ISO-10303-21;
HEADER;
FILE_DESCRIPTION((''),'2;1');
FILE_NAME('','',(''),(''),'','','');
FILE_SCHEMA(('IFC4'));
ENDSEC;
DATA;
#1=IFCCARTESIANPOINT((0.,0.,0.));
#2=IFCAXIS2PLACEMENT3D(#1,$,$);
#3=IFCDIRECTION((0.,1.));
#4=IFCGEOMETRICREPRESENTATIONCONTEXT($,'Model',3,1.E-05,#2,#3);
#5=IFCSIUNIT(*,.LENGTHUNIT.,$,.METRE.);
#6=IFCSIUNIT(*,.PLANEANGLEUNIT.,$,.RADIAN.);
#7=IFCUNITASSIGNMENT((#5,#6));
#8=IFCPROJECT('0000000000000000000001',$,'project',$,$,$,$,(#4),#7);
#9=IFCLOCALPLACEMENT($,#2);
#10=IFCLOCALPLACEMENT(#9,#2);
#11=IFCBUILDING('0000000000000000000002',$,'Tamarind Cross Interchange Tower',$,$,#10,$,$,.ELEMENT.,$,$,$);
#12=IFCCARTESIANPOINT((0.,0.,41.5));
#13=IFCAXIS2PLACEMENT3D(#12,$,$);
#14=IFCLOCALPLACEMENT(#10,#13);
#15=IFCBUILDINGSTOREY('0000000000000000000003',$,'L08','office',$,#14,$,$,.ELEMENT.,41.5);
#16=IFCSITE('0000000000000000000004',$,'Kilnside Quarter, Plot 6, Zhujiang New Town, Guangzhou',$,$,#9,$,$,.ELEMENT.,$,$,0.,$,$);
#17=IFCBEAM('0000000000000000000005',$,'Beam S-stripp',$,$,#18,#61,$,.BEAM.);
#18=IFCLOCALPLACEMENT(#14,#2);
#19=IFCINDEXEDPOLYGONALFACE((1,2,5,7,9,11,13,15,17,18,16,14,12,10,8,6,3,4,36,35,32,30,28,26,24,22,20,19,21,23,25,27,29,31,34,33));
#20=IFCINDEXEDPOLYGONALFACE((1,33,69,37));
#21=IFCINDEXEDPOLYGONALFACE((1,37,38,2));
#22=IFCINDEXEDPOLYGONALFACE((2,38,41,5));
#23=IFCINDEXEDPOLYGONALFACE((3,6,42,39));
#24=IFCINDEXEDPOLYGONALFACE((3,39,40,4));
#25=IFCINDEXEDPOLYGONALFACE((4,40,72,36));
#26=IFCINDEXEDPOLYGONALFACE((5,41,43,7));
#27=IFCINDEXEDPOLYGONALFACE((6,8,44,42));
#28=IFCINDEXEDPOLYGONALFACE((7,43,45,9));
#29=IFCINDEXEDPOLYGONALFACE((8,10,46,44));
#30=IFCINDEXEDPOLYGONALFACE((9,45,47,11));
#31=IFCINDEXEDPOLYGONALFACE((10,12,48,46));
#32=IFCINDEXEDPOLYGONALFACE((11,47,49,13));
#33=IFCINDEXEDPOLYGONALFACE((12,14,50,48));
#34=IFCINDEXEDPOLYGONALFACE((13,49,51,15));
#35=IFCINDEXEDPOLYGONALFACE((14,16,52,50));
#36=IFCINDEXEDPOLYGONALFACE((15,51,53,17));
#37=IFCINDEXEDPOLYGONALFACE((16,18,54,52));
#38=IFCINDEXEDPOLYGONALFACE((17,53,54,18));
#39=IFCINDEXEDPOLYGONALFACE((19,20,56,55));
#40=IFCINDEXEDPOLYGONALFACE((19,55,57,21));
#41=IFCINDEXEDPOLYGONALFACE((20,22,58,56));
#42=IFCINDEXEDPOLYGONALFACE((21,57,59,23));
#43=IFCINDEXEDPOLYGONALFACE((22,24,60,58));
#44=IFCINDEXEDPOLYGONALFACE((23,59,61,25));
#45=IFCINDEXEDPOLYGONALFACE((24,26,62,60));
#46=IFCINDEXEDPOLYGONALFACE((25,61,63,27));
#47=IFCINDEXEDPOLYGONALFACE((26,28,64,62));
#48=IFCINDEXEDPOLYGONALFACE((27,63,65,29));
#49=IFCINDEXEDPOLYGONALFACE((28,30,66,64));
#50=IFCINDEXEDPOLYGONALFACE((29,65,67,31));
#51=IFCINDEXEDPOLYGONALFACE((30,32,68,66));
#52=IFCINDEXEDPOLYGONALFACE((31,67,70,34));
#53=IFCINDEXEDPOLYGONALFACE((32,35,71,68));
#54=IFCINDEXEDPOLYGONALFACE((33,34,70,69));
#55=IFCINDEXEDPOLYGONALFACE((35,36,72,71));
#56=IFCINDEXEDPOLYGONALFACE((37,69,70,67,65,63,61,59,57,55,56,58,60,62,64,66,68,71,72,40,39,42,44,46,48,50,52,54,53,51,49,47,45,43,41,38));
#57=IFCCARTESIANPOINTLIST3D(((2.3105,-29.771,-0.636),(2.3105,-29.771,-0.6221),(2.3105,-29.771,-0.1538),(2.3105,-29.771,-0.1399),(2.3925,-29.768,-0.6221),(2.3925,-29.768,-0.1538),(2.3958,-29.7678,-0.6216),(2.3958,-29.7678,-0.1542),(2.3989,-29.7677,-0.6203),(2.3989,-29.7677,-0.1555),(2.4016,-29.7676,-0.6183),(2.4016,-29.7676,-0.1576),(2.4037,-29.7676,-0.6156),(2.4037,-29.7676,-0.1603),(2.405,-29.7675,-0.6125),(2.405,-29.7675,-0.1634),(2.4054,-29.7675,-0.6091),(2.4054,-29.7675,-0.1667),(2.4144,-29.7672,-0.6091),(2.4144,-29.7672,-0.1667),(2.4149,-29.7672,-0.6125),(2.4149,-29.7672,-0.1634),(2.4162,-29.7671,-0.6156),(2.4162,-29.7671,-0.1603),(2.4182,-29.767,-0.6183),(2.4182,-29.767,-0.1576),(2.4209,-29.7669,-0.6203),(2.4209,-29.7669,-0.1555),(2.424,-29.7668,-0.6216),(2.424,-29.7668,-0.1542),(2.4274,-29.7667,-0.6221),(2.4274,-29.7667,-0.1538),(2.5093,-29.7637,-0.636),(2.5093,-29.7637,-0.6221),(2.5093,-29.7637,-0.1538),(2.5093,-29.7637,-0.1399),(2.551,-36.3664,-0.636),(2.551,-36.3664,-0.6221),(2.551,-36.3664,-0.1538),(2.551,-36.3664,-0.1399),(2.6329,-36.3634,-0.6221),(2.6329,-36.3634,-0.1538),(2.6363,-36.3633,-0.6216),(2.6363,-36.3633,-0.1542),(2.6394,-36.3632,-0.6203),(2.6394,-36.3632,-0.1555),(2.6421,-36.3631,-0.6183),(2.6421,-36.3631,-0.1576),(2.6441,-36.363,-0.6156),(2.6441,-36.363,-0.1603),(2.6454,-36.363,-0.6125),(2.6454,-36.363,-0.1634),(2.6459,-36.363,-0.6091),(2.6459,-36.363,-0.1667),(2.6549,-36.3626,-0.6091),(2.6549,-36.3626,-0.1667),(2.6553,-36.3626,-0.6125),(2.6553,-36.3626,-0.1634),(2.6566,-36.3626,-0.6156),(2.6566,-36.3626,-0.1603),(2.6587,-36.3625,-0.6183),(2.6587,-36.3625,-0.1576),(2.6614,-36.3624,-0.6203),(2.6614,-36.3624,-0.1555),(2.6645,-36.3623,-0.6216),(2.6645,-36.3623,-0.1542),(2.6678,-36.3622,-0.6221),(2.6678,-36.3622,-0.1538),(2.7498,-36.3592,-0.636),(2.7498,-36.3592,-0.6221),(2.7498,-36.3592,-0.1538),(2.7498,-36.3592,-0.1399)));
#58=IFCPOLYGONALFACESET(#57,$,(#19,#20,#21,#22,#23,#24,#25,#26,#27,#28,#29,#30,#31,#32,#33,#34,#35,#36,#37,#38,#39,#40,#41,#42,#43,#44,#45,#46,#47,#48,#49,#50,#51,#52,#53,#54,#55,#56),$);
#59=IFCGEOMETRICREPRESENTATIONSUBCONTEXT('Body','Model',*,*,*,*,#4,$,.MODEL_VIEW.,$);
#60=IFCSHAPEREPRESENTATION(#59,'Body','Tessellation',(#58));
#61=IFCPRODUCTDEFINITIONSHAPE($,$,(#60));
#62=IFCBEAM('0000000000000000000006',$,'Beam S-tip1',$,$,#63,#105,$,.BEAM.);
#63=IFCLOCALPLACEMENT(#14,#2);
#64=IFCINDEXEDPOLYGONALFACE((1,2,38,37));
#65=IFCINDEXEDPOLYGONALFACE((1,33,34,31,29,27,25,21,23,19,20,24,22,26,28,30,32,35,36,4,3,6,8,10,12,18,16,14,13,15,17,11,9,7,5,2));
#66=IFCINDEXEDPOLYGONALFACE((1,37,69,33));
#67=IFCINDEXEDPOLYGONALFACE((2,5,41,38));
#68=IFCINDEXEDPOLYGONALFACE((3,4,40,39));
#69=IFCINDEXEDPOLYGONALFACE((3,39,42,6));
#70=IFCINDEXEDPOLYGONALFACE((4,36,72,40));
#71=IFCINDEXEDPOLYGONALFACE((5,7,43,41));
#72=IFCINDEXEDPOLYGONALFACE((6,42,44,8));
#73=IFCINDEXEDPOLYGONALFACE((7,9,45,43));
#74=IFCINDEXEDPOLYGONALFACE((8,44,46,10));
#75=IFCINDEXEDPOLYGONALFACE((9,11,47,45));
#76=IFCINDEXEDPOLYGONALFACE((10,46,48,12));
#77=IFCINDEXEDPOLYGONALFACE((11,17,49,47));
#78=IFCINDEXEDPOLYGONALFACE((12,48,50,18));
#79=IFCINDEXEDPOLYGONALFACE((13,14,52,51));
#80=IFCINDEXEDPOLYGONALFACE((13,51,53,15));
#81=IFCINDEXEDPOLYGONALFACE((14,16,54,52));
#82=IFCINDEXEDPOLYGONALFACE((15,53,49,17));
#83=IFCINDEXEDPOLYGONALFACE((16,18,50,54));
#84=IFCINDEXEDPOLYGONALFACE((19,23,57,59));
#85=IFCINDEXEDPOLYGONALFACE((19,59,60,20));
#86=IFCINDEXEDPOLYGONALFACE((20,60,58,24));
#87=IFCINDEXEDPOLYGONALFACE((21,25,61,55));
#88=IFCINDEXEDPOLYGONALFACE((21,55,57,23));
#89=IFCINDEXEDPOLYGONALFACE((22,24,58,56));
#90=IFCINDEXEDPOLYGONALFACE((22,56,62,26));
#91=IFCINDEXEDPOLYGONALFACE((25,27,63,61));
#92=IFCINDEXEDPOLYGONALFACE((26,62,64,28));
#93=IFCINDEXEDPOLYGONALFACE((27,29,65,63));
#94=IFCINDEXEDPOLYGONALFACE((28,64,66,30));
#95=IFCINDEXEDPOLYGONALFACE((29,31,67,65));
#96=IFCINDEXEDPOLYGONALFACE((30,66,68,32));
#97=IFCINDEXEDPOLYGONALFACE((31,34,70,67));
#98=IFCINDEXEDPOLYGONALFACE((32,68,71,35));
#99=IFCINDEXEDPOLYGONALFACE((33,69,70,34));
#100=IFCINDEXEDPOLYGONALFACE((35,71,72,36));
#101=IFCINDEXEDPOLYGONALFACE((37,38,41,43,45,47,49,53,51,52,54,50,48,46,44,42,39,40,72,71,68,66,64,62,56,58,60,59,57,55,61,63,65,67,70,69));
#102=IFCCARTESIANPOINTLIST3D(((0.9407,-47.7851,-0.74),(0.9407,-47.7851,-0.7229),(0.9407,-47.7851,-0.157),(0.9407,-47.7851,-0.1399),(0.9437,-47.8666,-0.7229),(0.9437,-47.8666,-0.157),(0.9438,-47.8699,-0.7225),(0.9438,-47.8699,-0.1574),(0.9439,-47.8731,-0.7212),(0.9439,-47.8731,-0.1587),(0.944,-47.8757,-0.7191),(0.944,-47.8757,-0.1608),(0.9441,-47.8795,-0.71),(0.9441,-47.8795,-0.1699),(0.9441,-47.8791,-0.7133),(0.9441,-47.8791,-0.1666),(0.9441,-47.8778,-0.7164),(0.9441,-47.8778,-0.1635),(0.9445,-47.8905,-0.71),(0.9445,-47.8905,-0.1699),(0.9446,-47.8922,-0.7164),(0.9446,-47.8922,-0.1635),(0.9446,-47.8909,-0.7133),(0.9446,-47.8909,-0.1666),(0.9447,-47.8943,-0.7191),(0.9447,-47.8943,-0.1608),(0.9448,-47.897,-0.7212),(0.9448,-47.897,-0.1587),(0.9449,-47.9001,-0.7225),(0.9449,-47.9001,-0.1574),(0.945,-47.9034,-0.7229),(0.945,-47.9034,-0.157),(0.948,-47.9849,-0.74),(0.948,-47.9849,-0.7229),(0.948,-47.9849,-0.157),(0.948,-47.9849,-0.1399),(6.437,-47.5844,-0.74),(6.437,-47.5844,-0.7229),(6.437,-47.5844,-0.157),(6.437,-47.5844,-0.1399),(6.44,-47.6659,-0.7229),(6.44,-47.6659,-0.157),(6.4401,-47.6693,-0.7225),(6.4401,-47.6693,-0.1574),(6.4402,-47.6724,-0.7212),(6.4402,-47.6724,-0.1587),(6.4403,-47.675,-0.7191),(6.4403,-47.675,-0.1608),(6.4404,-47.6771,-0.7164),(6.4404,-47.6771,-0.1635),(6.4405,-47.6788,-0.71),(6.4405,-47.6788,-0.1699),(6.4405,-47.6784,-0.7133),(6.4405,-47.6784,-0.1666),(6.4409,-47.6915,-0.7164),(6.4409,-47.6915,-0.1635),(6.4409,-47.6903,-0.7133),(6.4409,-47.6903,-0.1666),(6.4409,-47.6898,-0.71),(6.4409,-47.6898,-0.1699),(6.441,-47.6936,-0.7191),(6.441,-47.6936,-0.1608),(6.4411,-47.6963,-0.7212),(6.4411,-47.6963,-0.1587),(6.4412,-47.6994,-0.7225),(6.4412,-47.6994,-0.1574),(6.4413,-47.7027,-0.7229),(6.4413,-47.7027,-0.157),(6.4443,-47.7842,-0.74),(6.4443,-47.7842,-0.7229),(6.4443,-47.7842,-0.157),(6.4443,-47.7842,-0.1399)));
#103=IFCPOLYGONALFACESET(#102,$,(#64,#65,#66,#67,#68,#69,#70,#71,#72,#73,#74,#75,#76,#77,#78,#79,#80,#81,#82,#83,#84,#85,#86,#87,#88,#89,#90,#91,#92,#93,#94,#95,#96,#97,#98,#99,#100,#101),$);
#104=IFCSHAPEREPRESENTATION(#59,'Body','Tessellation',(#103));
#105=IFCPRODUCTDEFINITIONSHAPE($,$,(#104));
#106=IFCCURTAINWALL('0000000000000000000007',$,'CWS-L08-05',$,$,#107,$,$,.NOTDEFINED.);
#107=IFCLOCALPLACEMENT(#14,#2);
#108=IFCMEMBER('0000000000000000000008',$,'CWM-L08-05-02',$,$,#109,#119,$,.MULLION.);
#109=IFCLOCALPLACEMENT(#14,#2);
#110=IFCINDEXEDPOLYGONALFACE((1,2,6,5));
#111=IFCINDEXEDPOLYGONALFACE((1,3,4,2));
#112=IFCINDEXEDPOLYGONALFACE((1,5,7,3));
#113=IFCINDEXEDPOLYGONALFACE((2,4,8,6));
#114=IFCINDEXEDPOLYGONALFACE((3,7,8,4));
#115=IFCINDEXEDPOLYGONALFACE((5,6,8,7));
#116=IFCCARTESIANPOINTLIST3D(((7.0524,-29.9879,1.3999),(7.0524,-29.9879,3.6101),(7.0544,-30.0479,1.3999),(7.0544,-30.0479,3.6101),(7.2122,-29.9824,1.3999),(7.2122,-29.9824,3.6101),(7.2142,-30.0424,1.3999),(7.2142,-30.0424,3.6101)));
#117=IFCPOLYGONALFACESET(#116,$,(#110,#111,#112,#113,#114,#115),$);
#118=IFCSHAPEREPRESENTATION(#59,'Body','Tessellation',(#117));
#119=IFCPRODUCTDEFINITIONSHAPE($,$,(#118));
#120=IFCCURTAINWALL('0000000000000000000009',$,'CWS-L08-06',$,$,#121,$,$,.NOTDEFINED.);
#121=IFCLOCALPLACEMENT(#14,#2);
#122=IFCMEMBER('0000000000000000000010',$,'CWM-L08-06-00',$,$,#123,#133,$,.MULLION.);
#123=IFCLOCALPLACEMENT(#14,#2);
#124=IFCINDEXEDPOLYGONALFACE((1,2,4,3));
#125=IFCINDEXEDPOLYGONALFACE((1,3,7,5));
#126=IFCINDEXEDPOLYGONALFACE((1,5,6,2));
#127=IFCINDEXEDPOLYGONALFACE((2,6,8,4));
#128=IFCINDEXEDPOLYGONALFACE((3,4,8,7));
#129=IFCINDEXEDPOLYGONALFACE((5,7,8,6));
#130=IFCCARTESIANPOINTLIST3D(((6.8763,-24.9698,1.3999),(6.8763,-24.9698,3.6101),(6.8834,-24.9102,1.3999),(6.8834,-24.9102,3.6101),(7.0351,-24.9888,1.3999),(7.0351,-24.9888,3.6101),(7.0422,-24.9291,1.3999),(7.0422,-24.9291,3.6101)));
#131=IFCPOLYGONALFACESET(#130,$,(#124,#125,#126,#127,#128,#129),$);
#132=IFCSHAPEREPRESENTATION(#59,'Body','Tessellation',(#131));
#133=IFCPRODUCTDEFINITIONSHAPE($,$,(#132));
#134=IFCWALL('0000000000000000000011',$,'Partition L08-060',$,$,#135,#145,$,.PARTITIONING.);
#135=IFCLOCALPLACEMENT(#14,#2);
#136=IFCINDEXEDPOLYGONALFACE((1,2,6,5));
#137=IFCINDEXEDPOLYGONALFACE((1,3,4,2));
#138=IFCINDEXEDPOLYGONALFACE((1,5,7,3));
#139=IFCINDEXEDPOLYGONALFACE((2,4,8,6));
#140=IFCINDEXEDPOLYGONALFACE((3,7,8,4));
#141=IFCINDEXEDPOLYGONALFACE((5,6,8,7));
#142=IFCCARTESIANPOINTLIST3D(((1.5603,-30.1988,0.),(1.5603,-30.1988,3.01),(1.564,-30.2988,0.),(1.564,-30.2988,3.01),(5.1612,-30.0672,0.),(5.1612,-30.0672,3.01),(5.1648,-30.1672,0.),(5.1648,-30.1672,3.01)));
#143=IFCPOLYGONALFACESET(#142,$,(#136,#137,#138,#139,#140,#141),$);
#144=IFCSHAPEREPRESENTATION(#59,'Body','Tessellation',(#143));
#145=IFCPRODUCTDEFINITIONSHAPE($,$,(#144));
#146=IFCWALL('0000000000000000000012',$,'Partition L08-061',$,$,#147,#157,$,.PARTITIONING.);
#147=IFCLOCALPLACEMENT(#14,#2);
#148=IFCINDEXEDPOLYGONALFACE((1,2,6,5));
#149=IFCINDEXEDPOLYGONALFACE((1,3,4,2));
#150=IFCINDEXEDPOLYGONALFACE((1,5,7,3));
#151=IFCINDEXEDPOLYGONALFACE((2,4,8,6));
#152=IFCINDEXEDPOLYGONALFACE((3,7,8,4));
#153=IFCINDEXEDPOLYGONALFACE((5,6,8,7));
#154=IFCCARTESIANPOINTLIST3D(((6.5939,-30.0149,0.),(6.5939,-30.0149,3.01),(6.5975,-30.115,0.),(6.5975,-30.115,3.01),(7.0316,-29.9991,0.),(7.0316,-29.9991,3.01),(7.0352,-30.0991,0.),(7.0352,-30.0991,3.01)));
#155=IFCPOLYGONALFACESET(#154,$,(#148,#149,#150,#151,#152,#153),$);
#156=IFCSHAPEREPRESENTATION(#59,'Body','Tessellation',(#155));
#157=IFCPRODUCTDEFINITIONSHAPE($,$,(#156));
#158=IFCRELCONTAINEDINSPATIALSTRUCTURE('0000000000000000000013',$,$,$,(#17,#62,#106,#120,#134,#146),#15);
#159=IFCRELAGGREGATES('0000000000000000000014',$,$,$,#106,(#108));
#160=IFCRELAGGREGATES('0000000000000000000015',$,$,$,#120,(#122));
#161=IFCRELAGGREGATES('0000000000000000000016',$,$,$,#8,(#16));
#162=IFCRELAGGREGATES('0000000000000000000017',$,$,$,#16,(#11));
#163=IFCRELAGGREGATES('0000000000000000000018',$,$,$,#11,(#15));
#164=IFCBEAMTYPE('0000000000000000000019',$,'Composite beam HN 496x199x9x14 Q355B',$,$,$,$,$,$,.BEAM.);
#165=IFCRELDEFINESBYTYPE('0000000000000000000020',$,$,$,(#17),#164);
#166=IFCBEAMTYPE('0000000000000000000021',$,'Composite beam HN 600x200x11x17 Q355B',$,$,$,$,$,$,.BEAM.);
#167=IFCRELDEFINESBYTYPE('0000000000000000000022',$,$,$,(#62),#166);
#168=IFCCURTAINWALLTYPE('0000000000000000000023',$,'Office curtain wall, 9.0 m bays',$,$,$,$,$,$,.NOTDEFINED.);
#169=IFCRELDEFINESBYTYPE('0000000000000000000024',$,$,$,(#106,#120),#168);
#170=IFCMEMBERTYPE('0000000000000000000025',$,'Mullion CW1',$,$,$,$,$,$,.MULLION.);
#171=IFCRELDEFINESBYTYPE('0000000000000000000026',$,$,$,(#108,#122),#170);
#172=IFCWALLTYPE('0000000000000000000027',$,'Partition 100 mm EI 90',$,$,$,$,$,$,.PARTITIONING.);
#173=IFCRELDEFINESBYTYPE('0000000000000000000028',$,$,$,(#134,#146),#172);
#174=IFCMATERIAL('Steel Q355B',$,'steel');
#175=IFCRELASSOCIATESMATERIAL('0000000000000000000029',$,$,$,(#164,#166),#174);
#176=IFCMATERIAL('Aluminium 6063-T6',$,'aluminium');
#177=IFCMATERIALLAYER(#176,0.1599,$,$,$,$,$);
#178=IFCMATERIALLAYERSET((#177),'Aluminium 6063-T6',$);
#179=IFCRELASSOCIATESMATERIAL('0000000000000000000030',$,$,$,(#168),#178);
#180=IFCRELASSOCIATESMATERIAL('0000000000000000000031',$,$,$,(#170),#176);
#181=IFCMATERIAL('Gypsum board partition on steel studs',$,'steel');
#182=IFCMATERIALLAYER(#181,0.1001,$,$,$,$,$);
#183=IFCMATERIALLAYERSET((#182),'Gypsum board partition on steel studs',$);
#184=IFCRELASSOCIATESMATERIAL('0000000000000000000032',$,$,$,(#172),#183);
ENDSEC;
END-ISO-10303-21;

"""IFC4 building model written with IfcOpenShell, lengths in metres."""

from ifc_helpers import new_model, si_unit, direction, frame, frame_2d, origin, origin_2d, place, context, subcontext, project, spatial, rectangle, i_section, extrude, material, layer, layer_set, material_profile, profile_set, type_object, element, aggregate, save


model = new_model("IFC4")

# Units and contexts
model_context = context("Model", 3, precision=1e-05, world=origin(), true_north=direction((0.0, 1.0)))
body_context = subcontext(model_context, "Body", "Model", "MODEL_VIEW")
ifc_project = project(units=[si_unit("LENGTHUNIT", "METRE"), si_unit("PLANEANGLEUNIT", "RADIAN")], contexts=[model_context])

# Site, building, storey
site_placement = place(None, origin())
site = spatial("IfcSite", under=ifc_project, at=site_placement, Name="Kilnside Quarter, Plot 6, Zhujiang New Town, Guangzhou", CompositionType="ELEMENT", RefElevation=0.0)
building_placement = place(site_placement, origin())
building = spatial("IfcBuilding", under=site, at=building_placement, Name="Tamarind Cross Interchange Tower", CompositionType="ELEMENT")
storey_placement = place(building_placement, frame((0.0, 0.0, 41.5)))
storey = spatial("IfcBuildingStorey", under=building, at=storey_placement, Name="L08", Description="office", CompositionType="ELEMENT", Elevation=41.5)

# Beams
ifc_material_1 = material(Name="Steel Q355B", Category="steel")
ifc_material_profile_1 = material_profile(ifc_material_1, i_section(OverallWidth=0.199, OverallDepth=0.4961, WebThickness=0.009, FlangeThickness=0.0139, FilletRadius=0.0129, at=origin_2d()), Name="HN 496x199x9x14")
ifc_profile_set_1 = profile_set([ifc_material_profile_1], Name="Steel Q355B")
beam_type_1 = type_object("IfcBeamType", Name="Composite beam HN 496x199x9x14 Q355B", PredefinedType="BEAM", material=ifc_profile_set_1)
beam_1_placement = place(storey_placement, frame((2.4099, -29.7673, -0.3879), z_axis=(0.036437, -0.999336, 0.0), x_axis=(0.999336, 0.036437, 0.0)))
element("IfcBeam", 1, at=beam_1_placement, inside=storey, type_object=beam_type_1, Name="Beam S-stripp", PredefinedType="BEAM", context=body_context, shape_type="SweptSolid", body=[
    extrude(i_section(OverallWidth=0.199, OverallDepth=0.4961, WebThickness=0.009, FlangeThickness=0.0139, FilletRadius=0.0129, at=origin_2d()), origin(), (0.0, 0.0, 1.0), 6.5999),
])
ifc_material_profile_2 = material_profile(ifc_material_1, i_section(OverallWidth=0.2, OverallDepth=0.6001, WebThickness=0.011, FlangeThickness=0.0171, FilletRadius=0.0129, at=origin_2d()), Name="HN 600x200x11x17")
ifc_profile_set_2 = profile_set([ifc_material_profile_2], Name="Steel Q355B")
beam_type_2 = type_object("IfcBeamType", Name="Composite beam HN 600x200x11x17 Q355B", PredefinedType="BEAM", material=ifc_profile_set_2)
beam_2_placement = place(storey_placement, frame((0.9443, -47.885, -0.4399), z_axis=(0.999334, 0.036488, 0.0), x_axis=(-0.036488, 0.999334, 0.0)))
element("IfcBeam", 2, at=beam_2_placement, inside=storey, type_object=beam_type_2, Name="Beam S-tip1", PredefinedType="BEAM", context=body_context, shape_type="SweptSolid", body=[
    extrude(i_section(OverallWidth=0.2, OverallDepth=0.6001, WebThickness=0.011, FlangeThickness=0.0171, FilletRadius=0.0129, at=origin_2d()), origin(), (0.0, 0.0, 1.0), 5.5),
])

# Curtain walls, members
ifc_material_2 = material(Name="Aluminium 6063-T6", Category="aluminium")
ifc_layer_1 = layer(ifc_material_2, 0.1599)
ifc_layer_set_1 = layer_set([ifc_layer_1], Name="Aluminium 6063-T6")
curtain_wall_type = type_object("IfcCurtainWallType", Name="Office curtain wall, 9.0 m bays", PredefinedType="NOTDEFINED", material=ifc_layer_set_1)
curtain_wall_1_placement = place(storey_placement, origin())
curtain_wall_1 = element("IfcCurtainWall", 3, at=curtain_wall_1_placement, inside=storey, type_object=curtain_wall_type, Name="CWS-L08-05", PredefinedType="NOTDEFINED")
ifc_material_profile_3 = material_profile(ifc_material_2, rectangle(XDim=0.0601, YDim=0.1599, at=origin_2d()), Name="Mullion CW1")
ifc_profile_set_3 = profile_set([ifc_material_profile_3], Name="Aluminium 6063-T6")
member_type = type_object("IfcMemberType", Name="Mullion CW1", PredefinedType="MULLION", material=ifc_profile_set_3)
member_1_placement = place(storey_placement, frame((7.1333, -30.0151, 1.3999), z_axis=(0.0, 0.0, 1.0), x_axis=(-0.034343, 0.99941, 0.0)))
member_1 = element("IfcMember", 4, at=member_1_placement, type_object=member_type, Name="CWM-L08-05-02", PredefinedType="MULLION", context=body_context, shape_type="SweptSolid", body=[
    extrude(rectangle(XDim=0.0601, YDim=0.1599, at=origin_2d()), origin(), (0.0, 0.0, 1.0), 2.2102),
])
aggregate(curtain_wall_1, [member_1])
curtain_wall_2_placement = place(storey_placement, origin())
curtain_wall_2 = element("IfcCurtainWall", 5, at=curtain_wall_2_placement, inside=storey, type_object=curtain_wall_type, Name="CWS-L08-06", PredefinedType="NOTDEFINED")
member_2_placement = place(storey_placement, frame((6.9592, -24.9495, 1.3999), z_axis=(0.0, 0.0, 1.0), x_axis=(0.118714, 0.992928, 0.0)))
member_2 = element("IfcMember", 6, at=member_2_placement, type_object=member_type, Name="CWM-L08-06-00", PredefinedType="MULLION", context=body_context, shape_type="SweptSolid", body=[
    extrude(rectangle(XDim=0.0601, YDim=0.1599, at=origin_2d()), origin(), (0.0, 0.0, 1.0), 2.2102),
])
aggregate(curtain_wall_2, [member_2])

# Walls
ifc_material_3 = material(Name="Gypsum board partition on steel studs", Category="steel")
ifc_layer_2 = layer(ifc_material_3, 0.1001)
ifc_layer_set_2 = layer_set([ifc_layer_2], Name="Gypsum board partition on steel studs")
wall_type_1 = type_object("IfcWallType", Name="Partition 100 mm EI 90", PredefinedType="PARTITIONING", material=ifc_layer_set_2)
wall_1_placement = place(storey_placement, frame((1.562, -30.2488, 0.0), z_axis=(0.0, 0.0, 1.0), x_axis=(0.999333, 0.03652, 0.0)))
element("IfcWall", 7, at=wall_1_placement, inside=storey, type_object=wall_type_1, Name="Partition L08-060", PredefinedType="PARTITIONING", context=body_context, shape_type="SweptSolid", body=[
    extrude(rectangle(XDim=3.6033, YDim=0.1001, at=frame_2d((1.8018, 0.0))), origin(), (0.0, 0.0, 1.0), 3.01),
])
wall_2_placement = place(storey_placement, frame((6.5957, -30.0649, 0.0), z_axis=(0.0, 0.0, 1.0), x_axis=(0.999344, 0.036228, 0.0)))
element("IfcWall", 8, at=wall_2_placement, inside=storey, type_object=wall_type_1, Name="Partition L08-061", PredefinedType="PARTITIONING", context=body_context, shape_type="SweptSolid", body=[
    extrude(rectangle(XDim=0.438, YDim=0.1001, at=frame_2d((0.219, 0.0))), origin(), (0.0, 0.0, 1.0), 3.01),
])

save(model, "model.ifc")
